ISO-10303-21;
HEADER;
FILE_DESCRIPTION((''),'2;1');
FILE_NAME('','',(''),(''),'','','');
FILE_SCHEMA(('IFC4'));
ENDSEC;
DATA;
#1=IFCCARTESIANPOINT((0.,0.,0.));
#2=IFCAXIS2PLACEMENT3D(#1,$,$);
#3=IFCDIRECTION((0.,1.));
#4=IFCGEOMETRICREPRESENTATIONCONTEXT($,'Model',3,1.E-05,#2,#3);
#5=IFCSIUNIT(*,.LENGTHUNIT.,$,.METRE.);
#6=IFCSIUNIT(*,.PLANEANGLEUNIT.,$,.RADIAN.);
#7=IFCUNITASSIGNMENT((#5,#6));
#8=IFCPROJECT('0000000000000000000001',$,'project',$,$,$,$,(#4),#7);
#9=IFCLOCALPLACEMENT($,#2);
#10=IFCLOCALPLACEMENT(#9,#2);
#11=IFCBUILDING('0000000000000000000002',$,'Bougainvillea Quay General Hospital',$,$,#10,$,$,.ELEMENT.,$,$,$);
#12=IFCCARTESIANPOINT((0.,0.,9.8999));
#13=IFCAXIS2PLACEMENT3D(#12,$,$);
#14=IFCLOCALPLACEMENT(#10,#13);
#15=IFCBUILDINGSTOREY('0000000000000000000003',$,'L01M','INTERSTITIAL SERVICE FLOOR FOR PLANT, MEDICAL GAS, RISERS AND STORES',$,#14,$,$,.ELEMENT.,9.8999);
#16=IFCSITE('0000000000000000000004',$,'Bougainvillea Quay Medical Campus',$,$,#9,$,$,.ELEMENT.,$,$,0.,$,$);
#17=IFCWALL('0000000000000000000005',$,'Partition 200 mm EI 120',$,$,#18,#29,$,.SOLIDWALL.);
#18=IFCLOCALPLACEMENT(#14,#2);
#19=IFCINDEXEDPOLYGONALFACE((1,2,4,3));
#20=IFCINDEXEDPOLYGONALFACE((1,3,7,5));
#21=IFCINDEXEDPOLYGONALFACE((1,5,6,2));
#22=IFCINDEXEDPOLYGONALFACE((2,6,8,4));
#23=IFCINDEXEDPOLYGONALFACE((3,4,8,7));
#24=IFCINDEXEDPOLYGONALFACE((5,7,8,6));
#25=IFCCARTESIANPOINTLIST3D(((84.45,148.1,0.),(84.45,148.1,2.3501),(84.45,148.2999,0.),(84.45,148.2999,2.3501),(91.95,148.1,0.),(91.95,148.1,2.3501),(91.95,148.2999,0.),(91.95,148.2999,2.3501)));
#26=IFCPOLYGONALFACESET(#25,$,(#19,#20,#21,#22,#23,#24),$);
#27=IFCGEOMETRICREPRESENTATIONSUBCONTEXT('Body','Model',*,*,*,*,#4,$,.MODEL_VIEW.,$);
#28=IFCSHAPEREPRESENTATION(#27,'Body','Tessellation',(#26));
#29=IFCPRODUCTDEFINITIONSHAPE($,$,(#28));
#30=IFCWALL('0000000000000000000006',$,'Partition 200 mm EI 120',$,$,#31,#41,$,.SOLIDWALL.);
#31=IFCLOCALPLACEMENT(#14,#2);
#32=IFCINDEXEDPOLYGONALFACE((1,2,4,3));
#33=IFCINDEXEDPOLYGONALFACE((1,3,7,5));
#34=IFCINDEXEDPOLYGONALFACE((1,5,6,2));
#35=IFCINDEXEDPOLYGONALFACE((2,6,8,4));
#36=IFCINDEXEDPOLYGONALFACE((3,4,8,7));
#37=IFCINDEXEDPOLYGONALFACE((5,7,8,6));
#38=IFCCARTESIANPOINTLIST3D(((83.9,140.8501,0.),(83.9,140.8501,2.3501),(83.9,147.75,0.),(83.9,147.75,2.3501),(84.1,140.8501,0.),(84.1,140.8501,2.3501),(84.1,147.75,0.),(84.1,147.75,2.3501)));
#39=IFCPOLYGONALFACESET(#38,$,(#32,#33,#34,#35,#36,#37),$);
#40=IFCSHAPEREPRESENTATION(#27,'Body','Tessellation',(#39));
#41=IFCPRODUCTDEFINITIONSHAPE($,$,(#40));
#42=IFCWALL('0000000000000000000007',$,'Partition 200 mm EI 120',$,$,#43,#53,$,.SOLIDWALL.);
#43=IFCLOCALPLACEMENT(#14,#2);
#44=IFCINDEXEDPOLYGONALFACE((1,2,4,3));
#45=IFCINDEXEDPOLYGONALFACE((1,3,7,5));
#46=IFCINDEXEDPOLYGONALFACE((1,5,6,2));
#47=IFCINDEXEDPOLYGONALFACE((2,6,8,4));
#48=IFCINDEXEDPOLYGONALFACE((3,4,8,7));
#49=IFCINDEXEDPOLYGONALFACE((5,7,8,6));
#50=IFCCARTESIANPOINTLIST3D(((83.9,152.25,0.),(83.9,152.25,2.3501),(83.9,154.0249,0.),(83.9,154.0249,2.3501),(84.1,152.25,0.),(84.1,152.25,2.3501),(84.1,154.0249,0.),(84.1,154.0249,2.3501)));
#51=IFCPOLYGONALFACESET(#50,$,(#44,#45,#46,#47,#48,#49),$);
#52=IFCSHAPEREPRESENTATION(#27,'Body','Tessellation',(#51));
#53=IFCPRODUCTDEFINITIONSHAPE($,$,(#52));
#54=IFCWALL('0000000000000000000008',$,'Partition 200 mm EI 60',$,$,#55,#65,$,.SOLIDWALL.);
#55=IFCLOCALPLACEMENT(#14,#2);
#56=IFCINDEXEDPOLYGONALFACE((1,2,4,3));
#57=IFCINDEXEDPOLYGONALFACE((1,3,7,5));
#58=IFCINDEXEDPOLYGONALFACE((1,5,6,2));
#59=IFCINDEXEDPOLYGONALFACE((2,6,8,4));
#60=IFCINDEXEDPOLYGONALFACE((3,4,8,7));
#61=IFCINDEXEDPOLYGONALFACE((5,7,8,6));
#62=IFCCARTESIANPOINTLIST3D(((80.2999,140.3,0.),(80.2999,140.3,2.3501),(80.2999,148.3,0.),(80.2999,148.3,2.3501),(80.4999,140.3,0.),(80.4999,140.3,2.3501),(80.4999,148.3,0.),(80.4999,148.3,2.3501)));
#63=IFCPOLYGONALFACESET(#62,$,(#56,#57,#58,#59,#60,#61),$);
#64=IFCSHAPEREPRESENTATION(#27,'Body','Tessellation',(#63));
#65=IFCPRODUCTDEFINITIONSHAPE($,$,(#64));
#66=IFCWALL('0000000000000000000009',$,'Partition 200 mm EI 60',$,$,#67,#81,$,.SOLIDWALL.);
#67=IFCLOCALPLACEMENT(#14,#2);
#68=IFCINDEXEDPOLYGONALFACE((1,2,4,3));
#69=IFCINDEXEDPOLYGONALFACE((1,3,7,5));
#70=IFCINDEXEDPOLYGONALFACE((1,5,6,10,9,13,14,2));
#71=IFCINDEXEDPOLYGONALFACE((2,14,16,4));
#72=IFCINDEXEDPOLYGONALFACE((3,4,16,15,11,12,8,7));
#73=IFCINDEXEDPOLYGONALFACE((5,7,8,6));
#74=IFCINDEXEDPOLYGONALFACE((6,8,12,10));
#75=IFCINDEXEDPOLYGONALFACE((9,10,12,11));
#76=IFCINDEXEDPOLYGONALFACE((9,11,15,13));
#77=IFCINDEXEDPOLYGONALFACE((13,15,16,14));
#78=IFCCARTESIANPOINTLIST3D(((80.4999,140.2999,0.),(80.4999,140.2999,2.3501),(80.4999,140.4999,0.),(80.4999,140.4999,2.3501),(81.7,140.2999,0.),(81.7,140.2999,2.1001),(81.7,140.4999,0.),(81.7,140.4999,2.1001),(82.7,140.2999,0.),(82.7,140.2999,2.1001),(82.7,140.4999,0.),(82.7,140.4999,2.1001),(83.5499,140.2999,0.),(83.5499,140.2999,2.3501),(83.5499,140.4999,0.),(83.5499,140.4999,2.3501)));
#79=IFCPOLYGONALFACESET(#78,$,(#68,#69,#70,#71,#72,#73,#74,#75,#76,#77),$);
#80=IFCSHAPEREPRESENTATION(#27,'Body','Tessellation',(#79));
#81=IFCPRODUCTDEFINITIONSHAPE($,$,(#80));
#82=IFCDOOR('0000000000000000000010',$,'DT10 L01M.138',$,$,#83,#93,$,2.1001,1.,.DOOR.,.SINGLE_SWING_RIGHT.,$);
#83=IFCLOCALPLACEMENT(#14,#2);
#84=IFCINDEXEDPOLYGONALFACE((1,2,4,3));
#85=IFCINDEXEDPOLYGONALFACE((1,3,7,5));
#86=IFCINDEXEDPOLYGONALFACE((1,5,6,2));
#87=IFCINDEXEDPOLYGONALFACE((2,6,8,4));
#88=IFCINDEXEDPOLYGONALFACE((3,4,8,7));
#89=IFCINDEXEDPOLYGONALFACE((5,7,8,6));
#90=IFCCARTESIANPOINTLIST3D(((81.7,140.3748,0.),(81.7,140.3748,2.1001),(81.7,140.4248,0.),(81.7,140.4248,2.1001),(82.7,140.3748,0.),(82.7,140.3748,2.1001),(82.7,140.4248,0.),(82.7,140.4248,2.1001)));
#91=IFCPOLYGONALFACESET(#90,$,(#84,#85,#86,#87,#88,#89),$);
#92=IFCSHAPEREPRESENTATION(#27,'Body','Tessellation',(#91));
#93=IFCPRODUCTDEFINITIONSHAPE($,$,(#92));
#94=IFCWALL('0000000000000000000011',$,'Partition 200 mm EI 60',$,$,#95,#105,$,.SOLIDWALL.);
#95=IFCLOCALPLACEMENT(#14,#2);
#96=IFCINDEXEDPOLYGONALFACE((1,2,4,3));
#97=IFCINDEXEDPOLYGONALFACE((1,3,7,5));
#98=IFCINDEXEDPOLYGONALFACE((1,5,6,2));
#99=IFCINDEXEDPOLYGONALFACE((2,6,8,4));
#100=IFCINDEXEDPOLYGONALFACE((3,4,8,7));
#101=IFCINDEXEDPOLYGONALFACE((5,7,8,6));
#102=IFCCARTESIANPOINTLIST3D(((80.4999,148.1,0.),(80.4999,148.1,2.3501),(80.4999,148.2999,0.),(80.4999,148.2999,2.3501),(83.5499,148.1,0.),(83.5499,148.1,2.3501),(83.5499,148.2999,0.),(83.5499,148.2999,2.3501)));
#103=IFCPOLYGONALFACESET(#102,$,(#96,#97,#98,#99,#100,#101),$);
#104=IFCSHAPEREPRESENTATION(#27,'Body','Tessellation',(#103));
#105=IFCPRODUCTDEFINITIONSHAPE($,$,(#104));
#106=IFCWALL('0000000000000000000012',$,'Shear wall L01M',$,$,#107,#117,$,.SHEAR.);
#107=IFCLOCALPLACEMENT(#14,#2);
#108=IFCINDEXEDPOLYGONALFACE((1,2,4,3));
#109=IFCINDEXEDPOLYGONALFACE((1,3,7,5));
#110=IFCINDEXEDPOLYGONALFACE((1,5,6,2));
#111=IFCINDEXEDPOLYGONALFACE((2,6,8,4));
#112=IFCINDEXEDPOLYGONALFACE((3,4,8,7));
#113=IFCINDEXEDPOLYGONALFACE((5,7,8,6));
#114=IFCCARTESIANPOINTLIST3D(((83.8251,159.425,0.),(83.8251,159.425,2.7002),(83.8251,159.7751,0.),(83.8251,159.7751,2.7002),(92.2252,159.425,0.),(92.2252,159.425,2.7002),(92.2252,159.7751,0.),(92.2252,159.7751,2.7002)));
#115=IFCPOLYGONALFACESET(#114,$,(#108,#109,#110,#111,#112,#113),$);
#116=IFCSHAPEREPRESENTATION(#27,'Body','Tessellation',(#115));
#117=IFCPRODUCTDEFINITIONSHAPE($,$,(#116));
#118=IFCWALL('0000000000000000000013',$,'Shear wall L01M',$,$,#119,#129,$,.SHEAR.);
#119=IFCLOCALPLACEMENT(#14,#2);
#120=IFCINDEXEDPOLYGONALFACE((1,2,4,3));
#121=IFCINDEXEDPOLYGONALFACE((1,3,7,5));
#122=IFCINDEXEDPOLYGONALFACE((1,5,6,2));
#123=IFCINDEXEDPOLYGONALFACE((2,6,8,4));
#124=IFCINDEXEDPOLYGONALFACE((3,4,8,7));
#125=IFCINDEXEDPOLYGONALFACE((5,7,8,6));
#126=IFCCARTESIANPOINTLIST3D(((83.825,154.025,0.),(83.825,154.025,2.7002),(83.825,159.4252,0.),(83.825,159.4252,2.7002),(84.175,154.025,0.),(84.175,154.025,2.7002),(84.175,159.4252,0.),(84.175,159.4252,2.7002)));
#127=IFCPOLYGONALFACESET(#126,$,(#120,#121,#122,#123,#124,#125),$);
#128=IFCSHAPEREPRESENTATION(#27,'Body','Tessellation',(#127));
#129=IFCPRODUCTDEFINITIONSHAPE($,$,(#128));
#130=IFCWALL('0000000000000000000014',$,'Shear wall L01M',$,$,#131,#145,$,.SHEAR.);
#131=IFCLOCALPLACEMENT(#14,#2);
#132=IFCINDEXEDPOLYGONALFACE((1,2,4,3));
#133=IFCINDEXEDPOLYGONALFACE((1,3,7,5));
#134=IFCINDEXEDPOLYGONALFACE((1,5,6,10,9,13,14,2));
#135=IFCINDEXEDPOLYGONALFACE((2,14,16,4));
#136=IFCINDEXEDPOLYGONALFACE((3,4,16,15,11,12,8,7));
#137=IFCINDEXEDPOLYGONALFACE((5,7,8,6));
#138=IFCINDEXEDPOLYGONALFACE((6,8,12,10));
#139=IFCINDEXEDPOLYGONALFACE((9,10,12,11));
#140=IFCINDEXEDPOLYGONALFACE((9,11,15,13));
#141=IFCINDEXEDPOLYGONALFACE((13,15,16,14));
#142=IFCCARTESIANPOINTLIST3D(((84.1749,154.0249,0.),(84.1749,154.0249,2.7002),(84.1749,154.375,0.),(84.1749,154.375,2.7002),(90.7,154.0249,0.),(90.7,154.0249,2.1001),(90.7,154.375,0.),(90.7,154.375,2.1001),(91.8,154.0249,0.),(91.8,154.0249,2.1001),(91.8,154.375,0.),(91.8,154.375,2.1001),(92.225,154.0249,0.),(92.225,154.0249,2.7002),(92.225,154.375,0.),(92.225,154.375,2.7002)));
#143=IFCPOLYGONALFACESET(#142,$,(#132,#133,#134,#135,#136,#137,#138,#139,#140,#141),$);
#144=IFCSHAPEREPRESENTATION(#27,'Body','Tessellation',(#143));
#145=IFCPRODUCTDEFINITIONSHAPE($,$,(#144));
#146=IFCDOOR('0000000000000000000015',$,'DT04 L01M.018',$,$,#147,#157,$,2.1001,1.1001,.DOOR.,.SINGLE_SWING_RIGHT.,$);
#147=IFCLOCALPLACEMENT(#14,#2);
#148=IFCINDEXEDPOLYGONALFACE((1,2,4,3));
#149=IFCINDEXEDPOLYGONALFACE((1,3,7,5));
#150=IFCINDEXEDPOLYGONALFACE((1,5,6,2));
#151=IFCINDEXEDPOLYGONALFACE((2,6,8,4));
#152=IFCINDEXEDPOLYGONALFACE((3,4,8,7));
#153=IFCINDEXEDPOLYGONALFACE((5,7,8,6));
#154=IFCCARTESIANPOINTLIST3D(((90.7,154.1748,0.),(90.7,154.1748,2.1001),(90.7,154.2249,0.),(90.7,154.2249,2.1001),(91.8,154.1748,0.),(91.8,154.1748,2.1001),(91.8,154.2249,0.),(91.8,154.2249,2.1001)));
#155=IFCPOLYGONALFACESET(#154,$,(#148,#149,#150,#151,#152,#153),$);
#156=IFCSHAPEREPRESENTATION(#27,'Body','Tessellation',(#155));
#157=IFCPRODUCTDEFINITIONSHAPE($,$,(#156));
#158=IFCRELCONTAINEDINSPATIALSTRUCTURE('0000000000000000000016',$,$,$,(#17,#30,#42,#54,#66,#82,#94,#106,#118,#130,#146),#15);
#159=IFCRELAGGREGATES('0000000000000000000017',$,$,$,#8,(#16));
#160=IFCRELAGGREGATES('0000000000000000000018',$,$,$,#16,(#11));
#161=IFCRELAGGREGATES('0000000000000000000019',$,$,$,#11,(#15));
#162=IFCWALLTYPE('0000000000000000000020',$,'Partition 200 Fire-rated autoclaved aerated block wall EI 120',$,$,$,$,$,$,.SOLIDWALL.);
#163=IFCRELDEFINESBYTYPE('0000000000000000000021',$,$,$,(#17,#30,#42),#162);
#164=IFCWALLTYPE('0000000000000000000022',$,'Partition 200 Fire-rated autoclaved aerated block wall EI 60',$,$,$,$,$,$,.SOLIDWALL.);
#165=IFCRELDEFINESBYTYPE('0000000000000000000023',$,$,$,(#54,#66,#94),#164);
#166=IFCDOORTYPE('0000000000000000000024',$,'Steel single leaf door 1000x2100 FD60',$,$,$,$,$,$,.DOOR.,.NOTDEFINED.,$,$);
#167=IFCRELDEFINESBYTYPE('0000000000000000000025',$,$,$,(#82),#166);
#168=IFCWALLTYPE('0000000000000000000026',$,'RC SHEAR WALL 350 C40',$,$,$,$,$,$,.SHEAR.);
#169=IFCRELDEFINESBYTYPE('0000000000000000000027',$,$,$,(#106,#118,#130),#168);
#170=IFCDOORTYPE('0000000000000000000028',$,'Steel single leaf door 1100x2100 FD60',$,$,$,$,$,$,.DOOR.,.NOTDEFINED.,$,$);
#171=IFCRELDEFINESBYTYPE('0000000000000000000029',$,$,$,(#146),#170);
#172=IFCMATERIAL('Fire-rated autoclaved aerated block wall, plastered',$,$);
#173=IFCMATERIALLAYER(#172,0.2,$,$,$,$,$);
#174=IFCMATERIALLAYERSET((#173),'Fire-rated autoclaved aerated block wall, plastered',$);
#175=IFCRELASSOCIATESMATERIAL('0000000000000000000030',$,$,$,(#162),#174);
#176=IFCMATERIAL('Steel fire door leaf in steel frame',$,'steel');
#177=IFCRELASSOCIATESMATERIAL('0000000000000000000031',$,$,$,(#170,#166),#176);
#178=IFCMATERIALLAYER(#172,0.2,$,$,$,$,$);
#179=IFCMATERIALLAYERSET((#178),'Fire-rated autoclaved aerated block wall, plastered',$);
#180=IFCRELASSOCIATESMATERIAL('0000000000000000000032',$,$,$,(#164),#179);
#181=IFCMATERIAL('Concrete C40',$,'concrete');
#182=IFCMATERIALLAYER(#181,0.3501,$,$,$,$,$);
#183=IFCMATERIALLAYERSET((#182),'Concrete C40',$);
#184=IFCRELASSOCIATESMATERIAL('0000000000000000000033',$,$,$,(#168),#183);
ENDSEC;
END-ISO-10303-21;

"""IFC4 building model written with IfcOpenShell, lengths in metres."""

from ifc_helpers import new_model, si_unit, direction, frame, frame_2d, origin, place, context, subcontext, project, spatial, rectangle, extrude, material, layer, layer_set, type_object, element, fill, save


model = new_model("IFC4")

# Units and contexts
model_context = context("Model", 3, precision=1e-05, world=origin(), true_north=direction((0.0, 1.0)))
body_context = subcontext(model_context, "Body", "Model", "MODEL_VIEW")
ifc_project = project(units=[si_unit("LENGTHUNIT", "METRE"), si_unit("PLANEANGLEUNIT", "RADIAN")], contexts=[model_context])

# Site, building, storey
site_placement = place(None, origin())
site = spatial("IfcSite", under=ifc_project, at=site_placement, Name="Bougainvillea Quay Medical Campus", CompositionType="ELEMENT", RefElevation=0.0)
building_placement = place(site_placement, origin())
building = spatial("IfcBuilding", under=site, at=building_placement, Name="Bougainvillea Quay General Hospital", CompositionType="ELEMENT")
storey_placement = place(building_placement, frame((0.0, 0.0, 9.8999)))
storey = spatial("IfcBuildingStorey", under=building, at=storey_placement, Name="L01M", Description="INTERSTITIAL SERVICE FLOOR FOR PLANT, MEDICAL GAS, RISERS AND STORES", CompositionType="ELEMENT", Elevation=9.8999)

# Shared definitions
ifc_material_1 = material(Name="Fire-rated autoclaved aerated block wall, plastered")
ifc_layer_1 = layer(ifc_material_1, 0.2)
ifc_layer_set_1 = layer_set([ifc_layer_1], Name="Fire-rated autoclaved aerated block wall, plastered")
wall_type_1 = type_object("IfcWallType", Name="Partition 200 Fire-rated autoclaved aerated block wall EI 120", PredefinedType="SOLIDWALL", material=ifc_layer_set_1)
ifc_material_2 = material(Name="Steel fire door leaf in steel frame", Category="steel")
door_type_1 = type_object("IfcDoorType", Name="Steel single leaf door 1100x2100 FD60", OperationType="NOTDEFINED", PredefinedType="DOOR", material=ifc_material_2)

# Walls
wall_1_placement = place(storey_placement, frame((84.45, 148.2, 0.0), z_axis=(0.0, 0.0, 1.0), x_axis=(1.0, 0.0, 0.0)))
element("IfcWall", 1, at=wall_1_placement, inside=storey, type_object=wall_type_1, Name="Partition 200 mm EI 120", PredefinedType="SOLIDWALL", context=body_context, shape_type="SweptSolid", body=[
    extrude(rectangle(XDim=7.5, YDim=0.2, at=frame_2d((3.75, 0.0))), origin(), (0.0, 0.0, 1.0), 2.3501),
])
wall_2_placement = place(storey_placement, frame((84.0, 140.8501, 0.0), z_axis=(0.0, 0.0, 1.0), x_axis=(0.0, 1.0, 0.0)))
element("IfcWall", 2, at=wall_2_placement, inside=storey, type_object=wall_type_1, Name="Partition 200 mm EI 120", PredefinedType="SOLIDWALL", context=body_context, shape_type="SweptSolid", body=[
    extrude(rectangle(XDim=6.8999, YDim=0.2, at=frame_2d((3.45, 0.0))), origin(), (0.0, 0.0, 1.0), 2.3501),
])
wall_3_placement = place(storey_placement, frame((84.0, 152.25, 0.0), z_axis=(0.0, 0.0, 1.0), x_axis=(0.0, 1.0, 0.0)))
element("IfcWall", 3, at=wall_3_placement, inside=storey, type_object=wall_type_1, Name="Partition 200 mm EI 120", PredefinedType="SOLIDWALL", context=body_context, shape_type="SweptSolid", body=[
    extrude(rectangle(XDim=1.7749, YDim=0.2, at=frame_2d((0.8875, 0.0))), origin(), (0.0, 0.0, 1.0), 2.3501),
])
ifc_layer_2 = layer(ifc_material_1, 0.2)
ifc_layer_set_2 = layer_set([ifc_layer_2], Name="Fire-rated autoclaved aerated block wall, plastered")
wall_type_2 = type_object("IfcWallType", Name="Partition 200 Fire-rated autoclaved aerated block wall EI 60", PredefinedType="SOLIDWALL", material=ifc_layer_set_2)
wall_4_placement = place(storey_placement, frame((80.3999, 140.3, 0.0), z_axis=(0.0, 0.0, 1.0), x_axis=(0.0, 1.0, 0.0)))
element("IfcWall", 4, at=wall_4_placement, inside=storey, type_object=wall_type_2, Name="Partition 200 mm EI 60", PredefinedType="SOLIDWALL", context=body_context, shape_type="SweptSolid", body=[
    extrude(rectangle(XDim=8.0, YDim=0.2, at=frame_2d((4.0, 0.0))), origin(), (0.0, 0.0, 1.0), 2.3501),
])

# Wall, opening, door
wall_5_placement = place(storey_placement, frame((80.5, 140.3999, 0.0), z_axis=(0.0, 0.0, 1.0), x_axis=(1.0, 0.0, 0.0)))
wall_5 = element("IfcWall", 5, at=wall_5_placement, inside=storey, type_object=wall_type_2, Name="Partition 200 mm EI 60", PredefinedType="SOLIDWALL", context=body_context, shape_type="SweptSolid", body=[
    extrude(rectangle(XDim=3.05, YDim=0.2, at=frame_2d((1.5249, 0.0))), origin(), (0.0, 0.0, 1.0), 2.3501),
])
opening_1_placement = place(wall_5_placement, frame((1.2, 0.0, 0.0)))
opening_1 = element("IfcOpeningElement", 6, at=opening_1_placement, cuts=wall_5, PredefinedType="OPENING", context=body_context, shape_type="SweptSolid", body=[
    extrude(rectangle(XDim=1.0, YDim=2.1001, at=frame_2d((0.5, 1.05))), frame((0.0, 0.1099, 0.0), z_axis=(0.0, -1.0, 0.0), x_axis=(1.0, 0.0, 0.0)), (0.0, 0.0, 1.0), 0.22),
])
door_type_2 = type_object("IfcDoorType", Name="Steel single leaf door 1000x2100 FD60", OperationType="NOTDEFINED", PredefinedType="DOOR", material=ifc_material_2)
door_1_placement = place(opening_1_placement, origin())
door_1 = element("IfcDoor", 7, at=door_1_placement, inside=storey, type_object=door_type_2, Name="DT10 L01M.138", OperationType="SINGLE_SWING_RIGHT", OverallHeight=2.1001, OverallWidth=1.0, PredefinedType="DOOR", context=body_context, shape_type="SweptSolid", body=[
    extrude(rectangle(XDim=1.0, YDim=2.1001, at=frame_2d((0.5, 1.05))), frame((0.0, 0.0249, 0.0), z_axis=(0.0, -1.0, 0.0), x_axis=(1.0, 0.0, 0.0)), (0.0, 0.0, 1.0), 0.05),
])
fill(opening_1, door_1)

# Walls
wall_6_placement = place(storey_placement, frame((80.5, 148.2, 0.0), z_axis=(0.0, 0.0, 1.0), x_axis=(1.0, 0.0, 0.0)))
element("IfcWall", 8, at=wall_6_placement, inside=storey, type_object=wall_type_2, Name="Partition 200 mm EI 60", PredefinedType="SOLIDWALL", context=body_context, shape_type="SweptSolid", body=[
    extrude(rectangle(XDim=3.05, YDim=0.2, at=frame_2d((1.5249, 0.0))), origin(), (0.0, 0.0, 1.0), 2.3501),
])
ifc_material_3 = material(Name="Concrete C40", Category="concrete")
ifc_layer_3 = layer(ifc_material_3, 0.3501)
ifc_layer_set_3 = layer_set([ifc_layer_3], Name="Concrete C40")
wall_type_3 = type_object("IfcWallType", Name="RC SHEAR WALL 350 C40", PredefinedType="SHEAR", material=ifc_layer_set_3)
wall_7_placement = place(storey_placement, frame((83.825, 159.6001, 0.0), z_axis=(0.0, 0.0, 1.0), x_axis=(1.0, 0.0, 0.0)))
element("IfcWall", 9, at=wall_7_placement, inside=storey, type_object=wall_type_3, Name="Shear wall L01M", PredefinedType="SHEAR", context=body_context, shape_type="SweptSolid", body=[
    extrude(rectangle(XDim=8.4001, YDim=0.3501, at=frame_2d((4.2002, 0.0))), origin(), (0.0, 0.0, 1.0), 2.7002),
])
wall_8_placement = place(storey_placement, frame((84.0, 154.0249, 0.0), z_axis=(0.0, 0.0, 1.0), x_axis=(0.0, 1.0, 0.0)))
element("IfcWall", 10, at=wall_8_placement, inside=storey, type_object=wall_type_3, Name="Shear wall L01M", PredefinedType="SHEAR", context=body_context, shape_type="SweptSolid", body=[
    extrude(rectangle(XDim=5.4001, YDim=0.3501, at=frame_2d((2.7002, 0.0))), origin(), (0.0, 0.0, 1.0), 2.7002),
])

# Wall, opening, door
wall_9_placement = place(storey_placement, frame((84.175, 154.2, 0.0), z_axis=(0.0, 0.0, 1.0), x_axis=(1.0, 0.0, 0.0)))
wall_9 = element("IfcWall", 11, at=wall_9_placement, inside=storey, type_object=wall_type_3, Name="Shear wall L01M", PredefinedType="SHEAR", context=body_context, shape_type="SweptSolid", body=[
    extrude(rectangle(XDim=8.05, YDim=0.3501, at=frame_2d((4.0249, 0.0))), origin(), (0.0, 0.0, 1.0), 2.7002),
])
opening_2_placement = place(wall_9_placement, frame((6.5249, 0.0, 0.0)))
opening_2 = element("IfcOpeningElement", 12, at=opening_2_placement, cuts=wall_9, PredefinedType="OPENING", context=body_context, shape_type="SweptSolid", body=[
    extrude(rectangle(XDim=1.1001, YDim=2.1001, at=frame_2d((0.55, 1.05))), frame((0.0, 0.1851, 0.0), z_axis=(0.0, -1.0, 0.0), x_axis=(1.0, 0.0, 0.0)), (0.0, 0.0, 1.0), 0.3701),
])
door_2_placement = place(opening_2_placement, origin())
door_2 = element("IfcDoor", 13, at=door_2_placement, inside=storey, type_object=door_type_1, Name="DT04 L01M.018", OperationType="SINGLE_SWING_RIGHT", OverallHeight=2.1001, OverallWidth=1.1001, PredefinedType="DOOR", context=body_context, shape_type="SweptSolid", body=[
    extrude(rectangle(XDim=1.1001, YDim=2.1001, at=frame_2d((0.55, 1.05))), frame((0.0, 0.0249, 0.0), z_axis=(0.0, -1.0, 0.0), x_axis=(1.0, 0.0, 0.0)), (0.0, 0.0, 1.0), 0.05),
])
fill(opening_2, door_2)

save(model, "model.ifc")
